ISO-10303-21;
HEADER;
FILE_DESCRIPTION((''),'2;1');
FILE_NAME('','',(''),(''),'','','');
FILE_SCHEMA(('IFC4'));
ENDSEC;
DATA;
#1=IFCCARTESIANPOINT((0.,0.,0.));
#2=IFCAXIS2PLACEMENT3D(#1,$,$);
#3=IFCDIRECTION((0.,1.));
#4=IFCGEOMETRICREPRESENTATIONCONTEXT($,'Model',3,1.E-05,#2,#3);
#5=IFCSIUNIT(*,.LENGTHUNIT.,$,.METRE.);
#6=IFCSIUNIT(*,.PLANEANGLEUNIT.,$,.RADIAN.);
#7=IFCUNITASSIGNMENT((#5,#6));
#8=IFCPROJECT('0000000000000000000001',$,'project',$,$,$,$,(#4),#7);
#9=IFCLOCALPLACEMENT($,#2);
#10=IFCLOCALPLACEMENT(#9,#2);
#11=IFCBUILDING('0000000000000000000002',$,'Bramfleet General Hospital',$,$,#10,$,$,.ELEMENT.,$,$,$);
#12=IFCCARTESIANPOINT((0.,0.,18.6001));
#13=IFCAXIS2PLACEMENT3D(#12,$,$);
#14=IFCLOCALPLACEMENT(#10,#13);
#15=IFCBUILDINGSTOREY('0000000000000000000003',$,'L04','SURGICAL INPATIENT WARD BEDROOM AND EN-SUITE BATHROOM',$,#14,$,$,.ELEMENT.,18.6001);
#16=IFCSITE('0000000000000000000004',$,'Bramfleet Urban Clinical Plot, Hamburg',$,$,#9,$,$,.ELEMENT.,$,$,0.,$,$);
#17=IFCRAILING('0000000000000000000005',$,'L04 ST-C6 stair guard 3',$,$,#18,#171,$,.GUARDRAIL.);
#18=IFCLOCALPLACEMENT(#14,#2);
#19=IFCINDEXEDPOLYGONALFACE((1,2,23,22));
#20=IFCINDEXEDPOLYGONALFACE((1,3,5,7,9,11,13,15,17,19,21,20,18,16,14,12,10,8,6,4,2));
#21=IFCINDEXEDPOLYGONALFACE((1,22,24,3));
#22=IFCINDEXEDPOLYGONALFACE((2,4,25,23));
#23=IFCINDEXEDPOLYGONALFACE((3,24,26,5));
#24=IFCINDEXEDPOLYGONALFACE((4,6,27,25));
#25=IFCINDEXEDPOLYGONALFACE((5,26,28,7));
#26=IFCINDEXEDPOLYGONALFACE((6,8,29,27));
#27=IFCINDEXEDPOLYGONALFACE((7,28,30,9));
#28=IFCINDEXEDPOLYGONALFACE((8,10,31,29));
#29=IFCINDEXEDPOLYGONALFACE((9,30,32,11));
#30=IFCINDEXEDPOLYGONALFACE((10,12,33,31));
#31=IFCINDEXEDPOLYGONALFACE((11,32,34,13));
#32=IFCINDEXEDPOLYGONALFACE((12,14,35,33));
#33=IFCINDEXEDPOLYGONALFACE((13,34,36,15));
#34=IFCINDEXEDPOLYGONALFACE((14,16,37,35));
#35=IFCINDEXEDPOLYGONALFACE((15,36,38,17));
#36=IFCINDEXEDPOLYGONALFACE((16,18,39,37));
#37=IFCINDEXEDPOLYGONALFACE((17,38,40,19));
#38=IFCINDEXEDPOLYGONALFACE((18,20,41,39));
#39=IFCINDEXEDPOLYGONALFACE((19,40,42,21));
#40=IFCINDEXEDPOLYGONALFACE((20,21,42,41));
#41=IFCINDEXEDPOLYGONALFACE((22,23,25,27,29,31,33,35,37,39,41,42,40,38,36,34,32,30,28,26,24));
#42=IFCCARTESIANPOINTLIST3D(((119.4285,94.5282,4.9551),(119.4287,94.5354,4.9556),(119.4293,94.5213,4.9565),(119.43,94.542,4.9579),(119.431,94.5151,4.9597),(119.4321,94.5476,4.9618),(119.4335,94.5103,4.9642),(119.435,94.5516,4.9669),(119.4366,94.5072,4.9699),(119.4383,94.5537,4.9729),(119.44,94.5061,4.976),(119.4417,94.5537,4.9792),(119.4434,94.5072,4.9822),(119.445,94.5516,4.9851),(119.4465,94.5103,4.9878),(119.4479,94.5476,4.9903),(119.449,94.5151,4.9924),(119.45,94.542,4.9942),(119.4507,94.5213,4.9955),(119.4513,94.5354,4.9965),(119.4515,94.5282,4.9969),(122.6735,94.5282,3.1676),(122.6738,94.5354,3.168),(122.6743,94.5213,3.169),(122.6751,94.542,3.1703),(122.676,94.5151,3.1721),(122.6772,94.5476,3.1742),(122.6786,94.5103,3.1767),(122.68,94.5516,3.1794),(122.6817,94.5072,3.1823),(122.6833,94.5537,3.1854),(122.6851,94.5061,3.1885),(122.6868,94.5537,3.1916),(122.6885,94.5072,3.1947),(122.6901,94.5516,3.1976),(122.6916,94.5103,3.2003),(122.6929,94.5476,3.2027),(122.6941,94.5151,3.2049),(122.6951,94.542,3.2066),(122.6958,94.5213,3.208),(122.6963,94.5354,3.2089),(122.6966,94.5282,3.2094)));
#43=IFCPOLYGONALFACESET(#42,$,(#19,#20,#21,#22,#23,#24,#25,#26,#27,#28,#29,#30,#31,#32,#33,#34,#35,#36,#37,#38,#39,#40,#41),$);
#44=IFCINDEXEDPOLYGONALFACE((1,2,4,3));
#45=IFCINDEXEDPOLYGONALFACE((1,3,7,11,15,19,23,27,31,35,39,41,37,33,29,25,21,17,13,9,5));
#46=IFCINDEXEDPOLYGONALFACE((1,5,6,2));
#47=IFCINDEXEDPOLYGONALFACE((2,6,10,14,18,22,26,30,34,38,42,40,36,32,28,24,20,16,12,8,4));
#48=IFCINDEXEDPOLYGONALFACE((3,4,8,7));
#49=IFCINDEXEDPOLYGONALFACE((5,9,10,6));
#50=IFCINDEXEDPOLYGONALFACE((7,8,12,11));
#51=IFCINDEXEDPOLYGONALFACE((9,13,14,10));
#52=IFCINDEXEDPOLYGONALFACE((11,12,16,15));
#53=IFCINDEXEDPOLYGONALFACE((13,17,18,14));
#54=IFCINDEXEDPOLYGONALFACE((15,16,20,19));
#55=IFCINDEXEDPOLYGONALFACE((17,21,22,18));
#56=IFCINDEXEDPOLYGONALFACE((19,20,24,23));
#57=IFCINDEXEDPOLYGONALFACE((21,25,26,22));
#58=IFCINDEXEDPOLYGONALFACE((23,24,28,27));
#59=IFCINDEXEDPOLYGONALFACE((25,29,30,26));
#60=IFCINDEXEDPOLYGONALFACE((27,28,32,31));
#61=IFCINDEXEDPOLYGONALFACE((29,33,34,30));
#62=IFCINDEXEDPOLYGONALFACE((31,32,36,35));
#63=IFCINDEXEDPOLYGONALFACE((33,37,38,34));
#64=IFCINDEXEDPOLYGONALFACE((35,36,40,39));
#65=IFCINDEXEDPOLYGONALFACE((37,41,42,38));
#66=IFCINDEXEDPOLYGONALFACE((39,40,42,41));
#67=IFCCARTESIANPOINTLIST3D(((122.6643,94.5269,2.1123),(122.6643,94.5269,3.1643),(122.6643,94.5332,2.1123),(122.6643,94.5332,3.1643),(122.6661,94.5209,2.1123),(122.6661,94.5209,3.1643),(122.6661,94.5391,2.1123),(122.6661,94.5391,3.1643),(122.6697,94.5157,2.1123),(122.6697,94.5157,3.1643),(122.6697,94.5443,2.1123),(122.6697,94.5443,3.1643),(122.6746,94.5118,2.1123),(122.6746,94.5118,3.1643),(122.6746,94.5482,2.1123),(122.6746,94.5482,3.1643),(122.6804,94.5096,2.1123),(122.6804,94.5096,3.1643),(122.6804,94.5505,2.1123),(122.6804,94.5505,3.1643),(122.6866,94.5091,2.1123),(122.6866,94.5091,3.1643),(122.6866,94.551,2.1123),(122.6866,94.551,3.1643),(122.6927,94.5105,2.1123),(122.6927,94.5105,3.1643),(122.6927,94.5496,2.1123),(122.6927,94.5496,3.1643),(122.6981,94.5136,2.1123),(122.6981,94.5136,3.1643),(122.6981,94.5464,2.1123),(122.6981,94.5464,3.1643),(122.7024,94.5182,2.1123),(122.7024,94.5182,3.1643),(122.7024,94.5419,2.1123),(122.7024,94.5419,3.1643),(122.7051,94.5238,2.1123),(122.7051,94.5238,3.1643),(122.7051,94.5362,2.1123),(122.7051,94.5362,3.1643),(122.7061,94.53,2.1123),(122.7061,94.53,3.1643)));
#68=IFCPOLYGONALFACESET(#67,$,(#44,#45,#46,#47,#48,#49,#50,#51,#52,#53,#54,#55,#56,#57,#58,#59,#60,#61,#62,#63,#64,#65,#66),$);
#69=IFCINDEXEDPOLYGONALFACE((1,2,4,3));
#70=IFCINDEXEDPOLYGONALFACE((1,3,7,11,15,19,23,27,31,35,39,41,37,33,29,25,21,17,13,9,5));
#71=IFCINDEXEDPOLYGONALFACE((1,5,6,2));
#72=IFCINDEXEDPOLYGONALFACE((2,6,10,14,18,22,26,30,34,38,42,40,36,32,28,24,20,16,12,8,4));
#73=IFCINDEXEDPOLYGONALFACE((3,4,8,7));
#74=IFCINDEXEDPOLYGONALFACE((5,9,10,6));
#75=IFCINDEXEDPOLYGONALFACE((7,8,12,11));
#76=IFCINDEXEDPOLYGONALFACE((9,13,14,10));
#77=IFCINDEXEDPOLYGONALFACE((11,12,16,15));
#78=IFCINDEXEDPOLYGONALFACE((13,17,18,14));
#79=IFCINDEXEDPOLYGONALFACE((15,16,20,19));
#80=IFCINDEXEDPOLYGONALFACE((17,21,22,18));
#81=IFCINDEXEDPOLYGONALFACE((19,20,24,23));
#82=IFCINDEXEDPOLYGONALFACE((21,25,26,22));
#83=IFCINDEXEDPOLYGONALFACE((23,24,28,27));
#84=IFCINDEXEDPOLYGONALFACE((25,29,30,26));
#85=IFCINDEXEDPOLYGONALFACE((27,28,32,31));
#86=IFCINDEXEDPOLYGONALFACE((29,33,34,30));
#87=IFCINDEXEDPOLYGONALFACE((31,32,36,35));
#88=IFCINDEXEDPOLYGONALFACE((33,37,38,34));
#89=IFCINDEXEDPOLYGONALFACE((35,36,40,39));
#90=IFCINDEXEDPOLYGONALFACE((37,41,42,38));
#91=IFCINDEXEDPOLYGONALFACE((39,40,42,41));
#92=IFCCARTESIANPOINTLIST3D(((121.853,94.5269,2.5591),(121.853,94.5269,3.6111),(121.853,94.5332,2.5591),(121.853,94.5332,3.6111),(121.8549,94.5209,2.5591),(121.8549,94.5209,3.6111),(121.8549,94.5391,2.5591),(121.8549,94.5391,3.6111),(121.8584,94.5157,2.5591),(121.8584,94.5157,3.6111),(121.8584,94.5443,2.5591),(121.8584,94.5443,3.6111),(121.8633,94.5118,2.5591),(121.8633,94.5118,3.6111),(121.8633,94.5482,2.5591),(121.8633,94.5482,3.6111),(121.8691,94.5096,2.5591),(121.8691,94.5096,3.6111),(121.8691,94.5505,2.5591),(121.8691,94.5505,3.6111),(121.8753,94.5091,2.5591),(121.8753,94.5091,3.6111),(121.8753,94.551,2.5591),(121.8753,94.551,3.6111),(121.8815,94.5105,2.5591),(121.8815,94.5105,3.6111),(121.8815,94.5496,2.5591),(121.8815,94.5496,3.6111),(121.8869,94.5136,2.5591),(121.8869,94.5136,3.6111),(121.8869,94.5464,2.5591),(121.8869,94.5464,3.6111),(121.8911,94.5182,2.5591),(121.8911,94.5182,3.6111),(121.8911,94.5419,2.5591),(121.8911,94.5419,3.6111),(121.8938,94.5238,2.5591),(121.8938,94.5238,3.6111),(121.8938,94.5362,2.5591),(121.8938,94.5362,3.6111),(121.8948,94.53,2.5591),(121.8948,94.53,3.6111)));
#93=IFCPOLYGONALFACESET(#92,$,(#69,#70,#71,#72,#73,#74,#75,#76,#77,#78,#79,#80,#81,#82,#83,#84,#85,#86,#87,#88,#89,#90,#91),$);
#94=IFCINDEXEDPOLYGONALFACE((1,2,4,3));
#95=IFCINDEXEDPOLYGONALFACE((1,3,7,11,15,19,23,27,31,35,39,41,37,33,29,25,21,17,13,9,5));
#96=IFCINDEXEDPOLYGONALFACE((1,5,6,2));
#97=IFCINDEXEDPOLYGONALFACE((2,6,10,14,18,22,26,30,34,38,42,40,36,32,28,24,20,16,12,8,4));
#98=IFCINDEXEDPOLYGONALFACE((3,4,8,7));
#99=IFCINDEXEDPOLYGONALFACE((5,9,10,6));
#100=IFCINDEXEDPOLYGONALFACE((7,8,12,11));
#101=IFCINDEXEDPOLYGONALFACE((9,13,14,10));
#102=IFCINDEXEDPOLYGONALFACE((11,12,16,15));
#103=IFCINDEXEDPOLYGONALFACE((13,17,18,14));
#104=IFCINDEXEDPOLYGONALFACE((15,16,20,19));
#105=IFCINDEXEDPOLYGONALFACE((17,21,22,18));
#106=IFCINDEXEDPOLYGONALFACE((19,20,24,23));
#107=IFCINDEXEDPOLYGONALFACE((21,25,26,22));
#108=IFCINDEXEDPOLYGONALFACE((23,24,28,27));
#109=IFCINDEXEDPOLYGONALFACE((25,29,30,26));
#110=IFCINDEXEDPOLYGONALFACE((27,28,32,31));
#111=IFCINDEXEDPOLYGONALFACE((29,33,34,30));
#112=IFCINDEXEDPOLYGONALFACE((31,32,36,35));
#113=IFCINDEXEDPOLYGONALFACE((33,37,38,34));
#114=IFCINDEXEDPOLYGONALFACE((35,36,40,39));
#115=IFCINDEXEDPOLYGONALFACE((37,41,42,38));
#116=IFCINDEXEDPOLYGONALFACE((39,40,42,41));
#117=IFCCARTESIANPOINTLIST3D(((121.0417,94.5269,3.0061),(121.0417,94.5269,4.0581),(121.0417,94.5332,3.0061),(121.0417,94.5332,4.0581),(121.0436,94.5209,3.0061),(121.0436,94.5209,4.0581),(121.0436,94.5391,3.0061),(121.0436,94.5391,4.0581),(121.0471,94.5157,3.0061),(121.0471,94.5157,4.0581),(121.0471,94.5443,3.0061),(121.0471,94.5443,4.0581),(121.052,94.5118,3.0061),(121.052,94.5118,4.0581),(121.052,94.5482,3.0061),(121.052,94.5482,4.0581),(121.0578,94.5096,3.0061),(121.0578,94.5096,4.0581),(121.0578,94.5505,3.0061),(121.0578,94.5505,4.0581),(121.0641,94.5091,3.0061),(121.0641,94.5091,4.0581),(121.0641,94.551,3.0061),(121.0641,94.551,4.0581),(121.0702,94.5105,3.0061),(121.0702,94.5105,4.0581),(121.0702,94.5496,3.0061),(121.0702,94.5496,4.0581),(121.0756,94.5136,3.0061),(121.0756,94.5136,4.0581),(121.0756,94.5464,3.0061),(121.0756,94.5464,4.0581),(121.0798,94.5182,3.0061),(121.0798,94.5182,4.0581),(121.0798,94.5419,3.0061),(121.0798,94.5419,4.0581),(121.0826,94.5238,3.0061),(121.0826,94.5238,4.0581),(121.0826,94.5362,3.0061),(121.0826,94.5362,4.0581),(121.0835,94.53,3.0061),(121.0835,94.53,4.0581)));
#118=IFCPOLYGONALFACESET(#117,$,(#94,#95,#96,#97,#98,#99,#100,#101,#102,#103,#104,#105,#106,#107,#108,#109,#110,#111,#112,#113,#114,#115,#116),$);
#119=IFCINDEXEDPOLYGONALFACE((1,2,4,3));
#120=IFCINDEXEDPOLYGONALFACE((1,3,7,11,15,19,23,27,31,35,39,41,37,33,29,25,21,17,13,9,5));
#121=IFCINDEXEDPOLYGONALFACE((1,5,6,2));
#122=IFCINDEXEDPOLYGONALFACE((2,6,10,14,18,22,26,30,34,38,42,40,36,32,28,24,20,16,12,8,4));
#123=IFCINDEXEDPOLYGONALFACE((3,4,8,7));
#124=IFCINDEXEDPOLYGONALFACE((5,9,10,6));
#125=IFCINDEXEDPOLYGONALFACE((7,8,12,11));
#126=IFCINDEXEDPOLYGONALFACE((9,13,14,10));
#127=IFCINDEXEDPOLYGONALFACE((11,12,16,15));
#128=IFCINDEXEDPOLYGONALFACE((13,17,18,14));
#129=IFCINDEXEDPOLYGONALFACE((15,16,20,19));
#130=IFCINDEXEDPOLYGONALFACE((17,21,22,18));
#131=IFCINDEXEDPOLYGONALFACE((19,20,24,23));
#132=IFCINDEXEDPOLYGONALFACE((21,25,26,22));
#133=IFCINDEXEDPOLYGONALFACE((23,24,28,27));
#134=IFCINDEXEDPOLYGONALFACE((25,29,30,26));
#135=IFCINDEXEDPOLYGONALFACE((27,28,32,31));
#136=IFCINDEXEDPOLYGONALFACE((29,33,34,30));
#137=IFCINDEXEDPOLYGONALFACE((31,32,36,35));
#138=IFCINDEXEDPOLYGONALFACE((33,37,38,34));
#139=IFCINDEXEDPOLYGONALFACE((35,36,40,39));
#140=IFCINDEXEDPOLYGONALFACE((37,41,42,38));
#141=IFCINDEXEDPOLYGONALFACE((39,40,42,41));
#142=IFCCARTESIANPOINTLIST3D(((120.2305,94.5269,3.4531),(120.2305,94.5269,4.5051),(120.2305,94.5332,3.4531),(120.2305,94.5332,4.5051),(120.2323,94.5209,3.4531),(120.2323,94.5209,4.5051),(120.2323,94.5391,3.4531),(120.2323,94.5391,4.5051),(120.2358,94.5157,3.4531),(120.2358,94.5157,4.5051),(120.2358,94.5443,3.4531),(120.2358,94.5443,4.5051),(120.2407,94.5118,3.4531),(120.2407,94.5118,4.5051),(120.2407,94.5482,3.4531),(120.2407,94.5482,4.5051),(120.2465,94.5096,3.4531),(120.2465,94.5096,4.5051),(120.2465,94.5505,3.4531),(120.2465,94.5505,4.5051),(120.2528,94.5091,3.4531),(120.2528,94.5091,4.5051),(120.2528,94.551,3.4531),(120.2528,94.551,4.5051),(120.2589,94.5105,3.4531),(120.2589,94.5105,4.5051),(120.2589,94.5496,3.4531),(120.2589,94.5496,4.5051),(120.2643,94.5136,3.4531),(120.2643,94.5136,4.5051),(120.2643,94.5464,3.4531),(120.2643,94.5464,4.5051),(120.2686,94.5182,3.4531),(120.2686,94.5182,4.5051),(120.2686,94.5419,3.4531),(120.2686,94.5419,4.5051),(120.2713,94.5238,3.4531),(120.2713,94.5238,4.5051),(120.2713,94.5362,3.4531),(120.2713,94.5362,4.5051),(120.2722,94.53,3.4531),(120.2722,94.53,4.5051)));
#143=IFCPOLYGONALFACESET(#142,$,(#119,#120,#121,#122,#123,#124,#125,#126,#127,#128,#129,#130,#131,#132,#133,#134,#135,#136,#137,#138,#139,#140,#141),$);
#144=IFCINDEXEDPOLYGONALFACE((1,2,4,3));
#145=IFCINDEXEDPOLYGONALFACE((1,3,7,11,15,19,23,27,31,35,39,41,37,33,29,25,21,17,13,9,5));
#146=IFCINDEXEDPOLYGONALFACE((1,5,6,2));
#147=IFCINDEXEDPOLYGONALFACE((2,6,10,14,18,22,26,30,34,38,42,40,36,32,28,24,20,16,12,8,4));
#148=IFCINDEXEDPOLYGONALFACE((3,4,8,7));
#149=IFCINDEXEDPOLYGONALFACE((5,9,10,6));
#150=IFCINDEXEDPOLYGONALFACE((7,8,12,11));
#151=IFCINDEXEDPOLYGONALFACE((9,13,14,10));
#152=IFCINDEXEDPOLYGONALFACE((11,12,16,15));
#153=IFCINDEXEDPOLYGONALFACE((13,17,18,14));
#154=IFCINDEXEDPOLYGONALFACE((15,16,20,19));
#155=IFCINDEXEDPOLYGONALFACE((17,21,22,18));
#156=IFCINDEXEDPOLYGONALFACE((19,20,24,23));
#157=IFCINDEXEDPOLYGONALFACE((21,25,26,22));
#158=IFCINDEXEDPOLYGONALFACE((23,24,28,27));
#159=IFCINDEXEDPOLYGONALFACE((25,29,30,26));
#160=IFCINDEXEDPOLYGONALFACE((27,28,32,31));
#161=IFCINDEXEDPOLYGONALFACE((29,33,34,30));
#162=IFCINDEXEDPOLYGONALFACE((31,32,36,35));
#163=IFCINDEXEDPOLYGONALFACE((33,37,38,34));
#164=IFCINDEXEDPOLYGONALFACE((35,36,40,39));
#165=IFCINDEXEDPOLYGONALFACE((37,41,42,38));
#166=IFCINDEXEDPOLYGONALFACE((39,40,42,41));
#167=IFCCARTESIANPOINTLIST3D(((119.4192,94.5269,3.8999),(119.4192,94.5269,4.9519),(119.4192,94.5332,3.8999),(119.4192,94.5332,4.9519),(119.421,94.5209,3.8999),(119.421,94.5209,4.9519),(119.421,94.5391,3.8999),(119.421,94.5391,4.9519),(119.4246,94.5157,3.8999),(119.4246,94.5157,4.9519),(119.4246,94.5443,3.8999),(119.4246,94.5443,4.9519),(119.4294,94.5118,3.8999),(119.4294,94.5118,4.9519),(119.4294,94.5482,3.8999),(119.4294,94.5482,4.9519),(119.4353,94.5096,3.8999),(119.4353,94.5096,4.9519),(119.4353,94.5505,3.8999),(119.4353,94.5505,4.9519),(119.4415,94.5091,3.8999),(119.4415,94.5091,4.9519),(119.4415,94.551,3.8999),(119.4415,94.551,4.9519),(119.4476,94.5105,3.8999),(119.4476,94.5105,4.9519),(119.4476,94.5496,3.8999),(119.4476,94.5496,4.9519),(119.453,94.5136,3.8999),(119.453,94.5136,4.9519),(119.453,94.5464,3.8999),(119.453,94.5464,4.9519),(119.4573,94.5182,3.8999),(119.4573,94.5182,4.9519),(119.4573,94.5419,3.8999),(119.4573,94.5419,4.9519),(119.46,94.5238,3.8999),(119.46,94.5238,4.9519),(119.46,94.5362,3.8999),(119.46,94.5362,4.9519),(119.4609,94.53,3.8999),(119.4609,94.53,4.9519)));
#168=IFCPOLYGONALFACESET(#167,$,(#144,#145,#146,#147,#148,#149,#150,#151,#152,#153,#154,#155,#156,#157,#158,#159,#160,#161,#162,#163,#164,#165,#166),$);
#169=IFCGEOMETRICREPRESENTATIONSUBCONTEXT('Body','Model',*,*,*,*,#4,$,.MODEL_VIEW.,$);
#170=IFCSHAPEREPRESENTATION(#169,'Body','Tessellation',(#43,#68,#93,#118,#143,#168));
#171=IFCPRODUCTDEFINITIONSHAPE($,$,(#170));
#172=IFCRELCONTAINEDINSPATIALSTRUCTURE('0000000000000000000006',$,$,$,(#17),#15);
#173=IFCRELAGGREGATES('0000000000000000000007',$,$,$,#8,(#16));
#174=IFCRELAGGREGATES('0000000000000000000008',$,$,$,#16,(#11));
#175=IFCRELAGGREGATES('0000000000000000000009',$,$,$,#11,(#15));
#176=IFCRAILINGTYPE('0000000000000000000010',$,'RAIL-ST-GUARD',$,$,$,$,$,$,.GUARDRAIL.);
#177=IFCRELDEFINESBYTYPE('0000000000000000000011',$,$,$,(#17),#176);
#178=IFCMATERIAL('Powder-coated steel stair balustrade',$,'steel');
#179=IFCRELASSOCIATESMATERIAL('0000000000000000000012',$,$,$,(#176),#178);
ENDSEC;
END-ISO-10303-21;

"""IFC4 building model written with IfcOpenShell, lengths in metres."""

from ifc_helpers import new_model, si_unit, direction, frame, origin, origin_2d, place, context, subcontext, project, spatial, circle, extrude, material, type_object, element, save


model = new_model("IFC4")

# Units and contexts
model_context = context("Model", 3, precision=1e-05, world=origin(), true_north=direction((0.0, 1.0)))
body_context = subcontext(model_context, "Body", "Model", "MODEL_VIEW")
ifc_project = project(units=[si_unit("LENGTHUNIT", "METRE"), si_unit("PLANEANGLEUNIT", "RADIAN")], contexts=[model_context])

# Site, building, storey
site_placement = place(None, origin())
site = spatial("IfcSite", under=ifc_project, at=site_placement, Name="Bramfleet Urban Clinical Plot, Hamburg", CompositionType="ELEMENT", RefElevation=0.0)
building_placement = place(site_placement, origin())
building = spatial("IfcBuilding", under=site, at=building_placement, Name="Bramfleet General Hospital", CompositionType="ELEMENT")
storey_placement = place(building_placement, frame((0.0, 0.0, 18.6001)))
storey = spatial("IfcBuildingStorey", under=building, at=storey_placement, Name="L04", Description="SURGICAL INPATIENT WARD BEDROOM AND EN-SUITE BATHROOM", CompositionType="ELEMENT", Elevation=18.6001)

# Railing
ifc_material_1 = material(Name="Powder-coated steel stair balustrade", Category="steel")
railing_type_1 = type_object("IfcRailingType", Name="RAIL-ST-GUARD", PredefinedType="GUARDRAIL", material=ifc_material_1)
railing_1_placement = place(storey_placement, frame((122.6851, 94.53, 2.1123)))
element("IfcRailing", 1, at=railing_1_placement, inside=storey, type_object=railing_type_1, Name="L04 ST-C6 stair guard 3", PredefinedType="GUARDRAIL", context=body_context, shape_type="SweptSolid", body=[
    extrude(circle(Radius=0.0239, at=origin_2d()), frame((0.0, 0.0, 1.0762), z_axis=(-0.875899, 0.0, 0.482495), x_axis=(0.0, -1.0, 0.0)), (0.0, 0.0, 1.0), 3.7048),
    extrude(circle(Radius=0.021, at=origin_2d()), origin(), (0.0, 0.0, 1.0), 1.052),
    extrude(circle(Radius=0.021, at=origin_2d()), frame((-0.8113, 0.0, 0.4468)), (0.0, 0.0, 1.0), 1.052),
    extrude(circle(Radius=0.021, at=origin_2d()), frame((-1.6226, 0.0, 0.8938)), (0.0, 0.0, 1.0), 1.052),
    extrude(circle(Radius=0.021, at=origin_2d()), frame((-2.4338, 0.0, 1.3408)), (0.0, 0.0, 1.0), 1.052),
    extrude(circle(Radius=0.021, at=origin_2d()), frame((-3.2451, 0.0, 1.7876)), (0.0, 0.0, 1.0), 1.052),
])

save(model, "model.ifc")
